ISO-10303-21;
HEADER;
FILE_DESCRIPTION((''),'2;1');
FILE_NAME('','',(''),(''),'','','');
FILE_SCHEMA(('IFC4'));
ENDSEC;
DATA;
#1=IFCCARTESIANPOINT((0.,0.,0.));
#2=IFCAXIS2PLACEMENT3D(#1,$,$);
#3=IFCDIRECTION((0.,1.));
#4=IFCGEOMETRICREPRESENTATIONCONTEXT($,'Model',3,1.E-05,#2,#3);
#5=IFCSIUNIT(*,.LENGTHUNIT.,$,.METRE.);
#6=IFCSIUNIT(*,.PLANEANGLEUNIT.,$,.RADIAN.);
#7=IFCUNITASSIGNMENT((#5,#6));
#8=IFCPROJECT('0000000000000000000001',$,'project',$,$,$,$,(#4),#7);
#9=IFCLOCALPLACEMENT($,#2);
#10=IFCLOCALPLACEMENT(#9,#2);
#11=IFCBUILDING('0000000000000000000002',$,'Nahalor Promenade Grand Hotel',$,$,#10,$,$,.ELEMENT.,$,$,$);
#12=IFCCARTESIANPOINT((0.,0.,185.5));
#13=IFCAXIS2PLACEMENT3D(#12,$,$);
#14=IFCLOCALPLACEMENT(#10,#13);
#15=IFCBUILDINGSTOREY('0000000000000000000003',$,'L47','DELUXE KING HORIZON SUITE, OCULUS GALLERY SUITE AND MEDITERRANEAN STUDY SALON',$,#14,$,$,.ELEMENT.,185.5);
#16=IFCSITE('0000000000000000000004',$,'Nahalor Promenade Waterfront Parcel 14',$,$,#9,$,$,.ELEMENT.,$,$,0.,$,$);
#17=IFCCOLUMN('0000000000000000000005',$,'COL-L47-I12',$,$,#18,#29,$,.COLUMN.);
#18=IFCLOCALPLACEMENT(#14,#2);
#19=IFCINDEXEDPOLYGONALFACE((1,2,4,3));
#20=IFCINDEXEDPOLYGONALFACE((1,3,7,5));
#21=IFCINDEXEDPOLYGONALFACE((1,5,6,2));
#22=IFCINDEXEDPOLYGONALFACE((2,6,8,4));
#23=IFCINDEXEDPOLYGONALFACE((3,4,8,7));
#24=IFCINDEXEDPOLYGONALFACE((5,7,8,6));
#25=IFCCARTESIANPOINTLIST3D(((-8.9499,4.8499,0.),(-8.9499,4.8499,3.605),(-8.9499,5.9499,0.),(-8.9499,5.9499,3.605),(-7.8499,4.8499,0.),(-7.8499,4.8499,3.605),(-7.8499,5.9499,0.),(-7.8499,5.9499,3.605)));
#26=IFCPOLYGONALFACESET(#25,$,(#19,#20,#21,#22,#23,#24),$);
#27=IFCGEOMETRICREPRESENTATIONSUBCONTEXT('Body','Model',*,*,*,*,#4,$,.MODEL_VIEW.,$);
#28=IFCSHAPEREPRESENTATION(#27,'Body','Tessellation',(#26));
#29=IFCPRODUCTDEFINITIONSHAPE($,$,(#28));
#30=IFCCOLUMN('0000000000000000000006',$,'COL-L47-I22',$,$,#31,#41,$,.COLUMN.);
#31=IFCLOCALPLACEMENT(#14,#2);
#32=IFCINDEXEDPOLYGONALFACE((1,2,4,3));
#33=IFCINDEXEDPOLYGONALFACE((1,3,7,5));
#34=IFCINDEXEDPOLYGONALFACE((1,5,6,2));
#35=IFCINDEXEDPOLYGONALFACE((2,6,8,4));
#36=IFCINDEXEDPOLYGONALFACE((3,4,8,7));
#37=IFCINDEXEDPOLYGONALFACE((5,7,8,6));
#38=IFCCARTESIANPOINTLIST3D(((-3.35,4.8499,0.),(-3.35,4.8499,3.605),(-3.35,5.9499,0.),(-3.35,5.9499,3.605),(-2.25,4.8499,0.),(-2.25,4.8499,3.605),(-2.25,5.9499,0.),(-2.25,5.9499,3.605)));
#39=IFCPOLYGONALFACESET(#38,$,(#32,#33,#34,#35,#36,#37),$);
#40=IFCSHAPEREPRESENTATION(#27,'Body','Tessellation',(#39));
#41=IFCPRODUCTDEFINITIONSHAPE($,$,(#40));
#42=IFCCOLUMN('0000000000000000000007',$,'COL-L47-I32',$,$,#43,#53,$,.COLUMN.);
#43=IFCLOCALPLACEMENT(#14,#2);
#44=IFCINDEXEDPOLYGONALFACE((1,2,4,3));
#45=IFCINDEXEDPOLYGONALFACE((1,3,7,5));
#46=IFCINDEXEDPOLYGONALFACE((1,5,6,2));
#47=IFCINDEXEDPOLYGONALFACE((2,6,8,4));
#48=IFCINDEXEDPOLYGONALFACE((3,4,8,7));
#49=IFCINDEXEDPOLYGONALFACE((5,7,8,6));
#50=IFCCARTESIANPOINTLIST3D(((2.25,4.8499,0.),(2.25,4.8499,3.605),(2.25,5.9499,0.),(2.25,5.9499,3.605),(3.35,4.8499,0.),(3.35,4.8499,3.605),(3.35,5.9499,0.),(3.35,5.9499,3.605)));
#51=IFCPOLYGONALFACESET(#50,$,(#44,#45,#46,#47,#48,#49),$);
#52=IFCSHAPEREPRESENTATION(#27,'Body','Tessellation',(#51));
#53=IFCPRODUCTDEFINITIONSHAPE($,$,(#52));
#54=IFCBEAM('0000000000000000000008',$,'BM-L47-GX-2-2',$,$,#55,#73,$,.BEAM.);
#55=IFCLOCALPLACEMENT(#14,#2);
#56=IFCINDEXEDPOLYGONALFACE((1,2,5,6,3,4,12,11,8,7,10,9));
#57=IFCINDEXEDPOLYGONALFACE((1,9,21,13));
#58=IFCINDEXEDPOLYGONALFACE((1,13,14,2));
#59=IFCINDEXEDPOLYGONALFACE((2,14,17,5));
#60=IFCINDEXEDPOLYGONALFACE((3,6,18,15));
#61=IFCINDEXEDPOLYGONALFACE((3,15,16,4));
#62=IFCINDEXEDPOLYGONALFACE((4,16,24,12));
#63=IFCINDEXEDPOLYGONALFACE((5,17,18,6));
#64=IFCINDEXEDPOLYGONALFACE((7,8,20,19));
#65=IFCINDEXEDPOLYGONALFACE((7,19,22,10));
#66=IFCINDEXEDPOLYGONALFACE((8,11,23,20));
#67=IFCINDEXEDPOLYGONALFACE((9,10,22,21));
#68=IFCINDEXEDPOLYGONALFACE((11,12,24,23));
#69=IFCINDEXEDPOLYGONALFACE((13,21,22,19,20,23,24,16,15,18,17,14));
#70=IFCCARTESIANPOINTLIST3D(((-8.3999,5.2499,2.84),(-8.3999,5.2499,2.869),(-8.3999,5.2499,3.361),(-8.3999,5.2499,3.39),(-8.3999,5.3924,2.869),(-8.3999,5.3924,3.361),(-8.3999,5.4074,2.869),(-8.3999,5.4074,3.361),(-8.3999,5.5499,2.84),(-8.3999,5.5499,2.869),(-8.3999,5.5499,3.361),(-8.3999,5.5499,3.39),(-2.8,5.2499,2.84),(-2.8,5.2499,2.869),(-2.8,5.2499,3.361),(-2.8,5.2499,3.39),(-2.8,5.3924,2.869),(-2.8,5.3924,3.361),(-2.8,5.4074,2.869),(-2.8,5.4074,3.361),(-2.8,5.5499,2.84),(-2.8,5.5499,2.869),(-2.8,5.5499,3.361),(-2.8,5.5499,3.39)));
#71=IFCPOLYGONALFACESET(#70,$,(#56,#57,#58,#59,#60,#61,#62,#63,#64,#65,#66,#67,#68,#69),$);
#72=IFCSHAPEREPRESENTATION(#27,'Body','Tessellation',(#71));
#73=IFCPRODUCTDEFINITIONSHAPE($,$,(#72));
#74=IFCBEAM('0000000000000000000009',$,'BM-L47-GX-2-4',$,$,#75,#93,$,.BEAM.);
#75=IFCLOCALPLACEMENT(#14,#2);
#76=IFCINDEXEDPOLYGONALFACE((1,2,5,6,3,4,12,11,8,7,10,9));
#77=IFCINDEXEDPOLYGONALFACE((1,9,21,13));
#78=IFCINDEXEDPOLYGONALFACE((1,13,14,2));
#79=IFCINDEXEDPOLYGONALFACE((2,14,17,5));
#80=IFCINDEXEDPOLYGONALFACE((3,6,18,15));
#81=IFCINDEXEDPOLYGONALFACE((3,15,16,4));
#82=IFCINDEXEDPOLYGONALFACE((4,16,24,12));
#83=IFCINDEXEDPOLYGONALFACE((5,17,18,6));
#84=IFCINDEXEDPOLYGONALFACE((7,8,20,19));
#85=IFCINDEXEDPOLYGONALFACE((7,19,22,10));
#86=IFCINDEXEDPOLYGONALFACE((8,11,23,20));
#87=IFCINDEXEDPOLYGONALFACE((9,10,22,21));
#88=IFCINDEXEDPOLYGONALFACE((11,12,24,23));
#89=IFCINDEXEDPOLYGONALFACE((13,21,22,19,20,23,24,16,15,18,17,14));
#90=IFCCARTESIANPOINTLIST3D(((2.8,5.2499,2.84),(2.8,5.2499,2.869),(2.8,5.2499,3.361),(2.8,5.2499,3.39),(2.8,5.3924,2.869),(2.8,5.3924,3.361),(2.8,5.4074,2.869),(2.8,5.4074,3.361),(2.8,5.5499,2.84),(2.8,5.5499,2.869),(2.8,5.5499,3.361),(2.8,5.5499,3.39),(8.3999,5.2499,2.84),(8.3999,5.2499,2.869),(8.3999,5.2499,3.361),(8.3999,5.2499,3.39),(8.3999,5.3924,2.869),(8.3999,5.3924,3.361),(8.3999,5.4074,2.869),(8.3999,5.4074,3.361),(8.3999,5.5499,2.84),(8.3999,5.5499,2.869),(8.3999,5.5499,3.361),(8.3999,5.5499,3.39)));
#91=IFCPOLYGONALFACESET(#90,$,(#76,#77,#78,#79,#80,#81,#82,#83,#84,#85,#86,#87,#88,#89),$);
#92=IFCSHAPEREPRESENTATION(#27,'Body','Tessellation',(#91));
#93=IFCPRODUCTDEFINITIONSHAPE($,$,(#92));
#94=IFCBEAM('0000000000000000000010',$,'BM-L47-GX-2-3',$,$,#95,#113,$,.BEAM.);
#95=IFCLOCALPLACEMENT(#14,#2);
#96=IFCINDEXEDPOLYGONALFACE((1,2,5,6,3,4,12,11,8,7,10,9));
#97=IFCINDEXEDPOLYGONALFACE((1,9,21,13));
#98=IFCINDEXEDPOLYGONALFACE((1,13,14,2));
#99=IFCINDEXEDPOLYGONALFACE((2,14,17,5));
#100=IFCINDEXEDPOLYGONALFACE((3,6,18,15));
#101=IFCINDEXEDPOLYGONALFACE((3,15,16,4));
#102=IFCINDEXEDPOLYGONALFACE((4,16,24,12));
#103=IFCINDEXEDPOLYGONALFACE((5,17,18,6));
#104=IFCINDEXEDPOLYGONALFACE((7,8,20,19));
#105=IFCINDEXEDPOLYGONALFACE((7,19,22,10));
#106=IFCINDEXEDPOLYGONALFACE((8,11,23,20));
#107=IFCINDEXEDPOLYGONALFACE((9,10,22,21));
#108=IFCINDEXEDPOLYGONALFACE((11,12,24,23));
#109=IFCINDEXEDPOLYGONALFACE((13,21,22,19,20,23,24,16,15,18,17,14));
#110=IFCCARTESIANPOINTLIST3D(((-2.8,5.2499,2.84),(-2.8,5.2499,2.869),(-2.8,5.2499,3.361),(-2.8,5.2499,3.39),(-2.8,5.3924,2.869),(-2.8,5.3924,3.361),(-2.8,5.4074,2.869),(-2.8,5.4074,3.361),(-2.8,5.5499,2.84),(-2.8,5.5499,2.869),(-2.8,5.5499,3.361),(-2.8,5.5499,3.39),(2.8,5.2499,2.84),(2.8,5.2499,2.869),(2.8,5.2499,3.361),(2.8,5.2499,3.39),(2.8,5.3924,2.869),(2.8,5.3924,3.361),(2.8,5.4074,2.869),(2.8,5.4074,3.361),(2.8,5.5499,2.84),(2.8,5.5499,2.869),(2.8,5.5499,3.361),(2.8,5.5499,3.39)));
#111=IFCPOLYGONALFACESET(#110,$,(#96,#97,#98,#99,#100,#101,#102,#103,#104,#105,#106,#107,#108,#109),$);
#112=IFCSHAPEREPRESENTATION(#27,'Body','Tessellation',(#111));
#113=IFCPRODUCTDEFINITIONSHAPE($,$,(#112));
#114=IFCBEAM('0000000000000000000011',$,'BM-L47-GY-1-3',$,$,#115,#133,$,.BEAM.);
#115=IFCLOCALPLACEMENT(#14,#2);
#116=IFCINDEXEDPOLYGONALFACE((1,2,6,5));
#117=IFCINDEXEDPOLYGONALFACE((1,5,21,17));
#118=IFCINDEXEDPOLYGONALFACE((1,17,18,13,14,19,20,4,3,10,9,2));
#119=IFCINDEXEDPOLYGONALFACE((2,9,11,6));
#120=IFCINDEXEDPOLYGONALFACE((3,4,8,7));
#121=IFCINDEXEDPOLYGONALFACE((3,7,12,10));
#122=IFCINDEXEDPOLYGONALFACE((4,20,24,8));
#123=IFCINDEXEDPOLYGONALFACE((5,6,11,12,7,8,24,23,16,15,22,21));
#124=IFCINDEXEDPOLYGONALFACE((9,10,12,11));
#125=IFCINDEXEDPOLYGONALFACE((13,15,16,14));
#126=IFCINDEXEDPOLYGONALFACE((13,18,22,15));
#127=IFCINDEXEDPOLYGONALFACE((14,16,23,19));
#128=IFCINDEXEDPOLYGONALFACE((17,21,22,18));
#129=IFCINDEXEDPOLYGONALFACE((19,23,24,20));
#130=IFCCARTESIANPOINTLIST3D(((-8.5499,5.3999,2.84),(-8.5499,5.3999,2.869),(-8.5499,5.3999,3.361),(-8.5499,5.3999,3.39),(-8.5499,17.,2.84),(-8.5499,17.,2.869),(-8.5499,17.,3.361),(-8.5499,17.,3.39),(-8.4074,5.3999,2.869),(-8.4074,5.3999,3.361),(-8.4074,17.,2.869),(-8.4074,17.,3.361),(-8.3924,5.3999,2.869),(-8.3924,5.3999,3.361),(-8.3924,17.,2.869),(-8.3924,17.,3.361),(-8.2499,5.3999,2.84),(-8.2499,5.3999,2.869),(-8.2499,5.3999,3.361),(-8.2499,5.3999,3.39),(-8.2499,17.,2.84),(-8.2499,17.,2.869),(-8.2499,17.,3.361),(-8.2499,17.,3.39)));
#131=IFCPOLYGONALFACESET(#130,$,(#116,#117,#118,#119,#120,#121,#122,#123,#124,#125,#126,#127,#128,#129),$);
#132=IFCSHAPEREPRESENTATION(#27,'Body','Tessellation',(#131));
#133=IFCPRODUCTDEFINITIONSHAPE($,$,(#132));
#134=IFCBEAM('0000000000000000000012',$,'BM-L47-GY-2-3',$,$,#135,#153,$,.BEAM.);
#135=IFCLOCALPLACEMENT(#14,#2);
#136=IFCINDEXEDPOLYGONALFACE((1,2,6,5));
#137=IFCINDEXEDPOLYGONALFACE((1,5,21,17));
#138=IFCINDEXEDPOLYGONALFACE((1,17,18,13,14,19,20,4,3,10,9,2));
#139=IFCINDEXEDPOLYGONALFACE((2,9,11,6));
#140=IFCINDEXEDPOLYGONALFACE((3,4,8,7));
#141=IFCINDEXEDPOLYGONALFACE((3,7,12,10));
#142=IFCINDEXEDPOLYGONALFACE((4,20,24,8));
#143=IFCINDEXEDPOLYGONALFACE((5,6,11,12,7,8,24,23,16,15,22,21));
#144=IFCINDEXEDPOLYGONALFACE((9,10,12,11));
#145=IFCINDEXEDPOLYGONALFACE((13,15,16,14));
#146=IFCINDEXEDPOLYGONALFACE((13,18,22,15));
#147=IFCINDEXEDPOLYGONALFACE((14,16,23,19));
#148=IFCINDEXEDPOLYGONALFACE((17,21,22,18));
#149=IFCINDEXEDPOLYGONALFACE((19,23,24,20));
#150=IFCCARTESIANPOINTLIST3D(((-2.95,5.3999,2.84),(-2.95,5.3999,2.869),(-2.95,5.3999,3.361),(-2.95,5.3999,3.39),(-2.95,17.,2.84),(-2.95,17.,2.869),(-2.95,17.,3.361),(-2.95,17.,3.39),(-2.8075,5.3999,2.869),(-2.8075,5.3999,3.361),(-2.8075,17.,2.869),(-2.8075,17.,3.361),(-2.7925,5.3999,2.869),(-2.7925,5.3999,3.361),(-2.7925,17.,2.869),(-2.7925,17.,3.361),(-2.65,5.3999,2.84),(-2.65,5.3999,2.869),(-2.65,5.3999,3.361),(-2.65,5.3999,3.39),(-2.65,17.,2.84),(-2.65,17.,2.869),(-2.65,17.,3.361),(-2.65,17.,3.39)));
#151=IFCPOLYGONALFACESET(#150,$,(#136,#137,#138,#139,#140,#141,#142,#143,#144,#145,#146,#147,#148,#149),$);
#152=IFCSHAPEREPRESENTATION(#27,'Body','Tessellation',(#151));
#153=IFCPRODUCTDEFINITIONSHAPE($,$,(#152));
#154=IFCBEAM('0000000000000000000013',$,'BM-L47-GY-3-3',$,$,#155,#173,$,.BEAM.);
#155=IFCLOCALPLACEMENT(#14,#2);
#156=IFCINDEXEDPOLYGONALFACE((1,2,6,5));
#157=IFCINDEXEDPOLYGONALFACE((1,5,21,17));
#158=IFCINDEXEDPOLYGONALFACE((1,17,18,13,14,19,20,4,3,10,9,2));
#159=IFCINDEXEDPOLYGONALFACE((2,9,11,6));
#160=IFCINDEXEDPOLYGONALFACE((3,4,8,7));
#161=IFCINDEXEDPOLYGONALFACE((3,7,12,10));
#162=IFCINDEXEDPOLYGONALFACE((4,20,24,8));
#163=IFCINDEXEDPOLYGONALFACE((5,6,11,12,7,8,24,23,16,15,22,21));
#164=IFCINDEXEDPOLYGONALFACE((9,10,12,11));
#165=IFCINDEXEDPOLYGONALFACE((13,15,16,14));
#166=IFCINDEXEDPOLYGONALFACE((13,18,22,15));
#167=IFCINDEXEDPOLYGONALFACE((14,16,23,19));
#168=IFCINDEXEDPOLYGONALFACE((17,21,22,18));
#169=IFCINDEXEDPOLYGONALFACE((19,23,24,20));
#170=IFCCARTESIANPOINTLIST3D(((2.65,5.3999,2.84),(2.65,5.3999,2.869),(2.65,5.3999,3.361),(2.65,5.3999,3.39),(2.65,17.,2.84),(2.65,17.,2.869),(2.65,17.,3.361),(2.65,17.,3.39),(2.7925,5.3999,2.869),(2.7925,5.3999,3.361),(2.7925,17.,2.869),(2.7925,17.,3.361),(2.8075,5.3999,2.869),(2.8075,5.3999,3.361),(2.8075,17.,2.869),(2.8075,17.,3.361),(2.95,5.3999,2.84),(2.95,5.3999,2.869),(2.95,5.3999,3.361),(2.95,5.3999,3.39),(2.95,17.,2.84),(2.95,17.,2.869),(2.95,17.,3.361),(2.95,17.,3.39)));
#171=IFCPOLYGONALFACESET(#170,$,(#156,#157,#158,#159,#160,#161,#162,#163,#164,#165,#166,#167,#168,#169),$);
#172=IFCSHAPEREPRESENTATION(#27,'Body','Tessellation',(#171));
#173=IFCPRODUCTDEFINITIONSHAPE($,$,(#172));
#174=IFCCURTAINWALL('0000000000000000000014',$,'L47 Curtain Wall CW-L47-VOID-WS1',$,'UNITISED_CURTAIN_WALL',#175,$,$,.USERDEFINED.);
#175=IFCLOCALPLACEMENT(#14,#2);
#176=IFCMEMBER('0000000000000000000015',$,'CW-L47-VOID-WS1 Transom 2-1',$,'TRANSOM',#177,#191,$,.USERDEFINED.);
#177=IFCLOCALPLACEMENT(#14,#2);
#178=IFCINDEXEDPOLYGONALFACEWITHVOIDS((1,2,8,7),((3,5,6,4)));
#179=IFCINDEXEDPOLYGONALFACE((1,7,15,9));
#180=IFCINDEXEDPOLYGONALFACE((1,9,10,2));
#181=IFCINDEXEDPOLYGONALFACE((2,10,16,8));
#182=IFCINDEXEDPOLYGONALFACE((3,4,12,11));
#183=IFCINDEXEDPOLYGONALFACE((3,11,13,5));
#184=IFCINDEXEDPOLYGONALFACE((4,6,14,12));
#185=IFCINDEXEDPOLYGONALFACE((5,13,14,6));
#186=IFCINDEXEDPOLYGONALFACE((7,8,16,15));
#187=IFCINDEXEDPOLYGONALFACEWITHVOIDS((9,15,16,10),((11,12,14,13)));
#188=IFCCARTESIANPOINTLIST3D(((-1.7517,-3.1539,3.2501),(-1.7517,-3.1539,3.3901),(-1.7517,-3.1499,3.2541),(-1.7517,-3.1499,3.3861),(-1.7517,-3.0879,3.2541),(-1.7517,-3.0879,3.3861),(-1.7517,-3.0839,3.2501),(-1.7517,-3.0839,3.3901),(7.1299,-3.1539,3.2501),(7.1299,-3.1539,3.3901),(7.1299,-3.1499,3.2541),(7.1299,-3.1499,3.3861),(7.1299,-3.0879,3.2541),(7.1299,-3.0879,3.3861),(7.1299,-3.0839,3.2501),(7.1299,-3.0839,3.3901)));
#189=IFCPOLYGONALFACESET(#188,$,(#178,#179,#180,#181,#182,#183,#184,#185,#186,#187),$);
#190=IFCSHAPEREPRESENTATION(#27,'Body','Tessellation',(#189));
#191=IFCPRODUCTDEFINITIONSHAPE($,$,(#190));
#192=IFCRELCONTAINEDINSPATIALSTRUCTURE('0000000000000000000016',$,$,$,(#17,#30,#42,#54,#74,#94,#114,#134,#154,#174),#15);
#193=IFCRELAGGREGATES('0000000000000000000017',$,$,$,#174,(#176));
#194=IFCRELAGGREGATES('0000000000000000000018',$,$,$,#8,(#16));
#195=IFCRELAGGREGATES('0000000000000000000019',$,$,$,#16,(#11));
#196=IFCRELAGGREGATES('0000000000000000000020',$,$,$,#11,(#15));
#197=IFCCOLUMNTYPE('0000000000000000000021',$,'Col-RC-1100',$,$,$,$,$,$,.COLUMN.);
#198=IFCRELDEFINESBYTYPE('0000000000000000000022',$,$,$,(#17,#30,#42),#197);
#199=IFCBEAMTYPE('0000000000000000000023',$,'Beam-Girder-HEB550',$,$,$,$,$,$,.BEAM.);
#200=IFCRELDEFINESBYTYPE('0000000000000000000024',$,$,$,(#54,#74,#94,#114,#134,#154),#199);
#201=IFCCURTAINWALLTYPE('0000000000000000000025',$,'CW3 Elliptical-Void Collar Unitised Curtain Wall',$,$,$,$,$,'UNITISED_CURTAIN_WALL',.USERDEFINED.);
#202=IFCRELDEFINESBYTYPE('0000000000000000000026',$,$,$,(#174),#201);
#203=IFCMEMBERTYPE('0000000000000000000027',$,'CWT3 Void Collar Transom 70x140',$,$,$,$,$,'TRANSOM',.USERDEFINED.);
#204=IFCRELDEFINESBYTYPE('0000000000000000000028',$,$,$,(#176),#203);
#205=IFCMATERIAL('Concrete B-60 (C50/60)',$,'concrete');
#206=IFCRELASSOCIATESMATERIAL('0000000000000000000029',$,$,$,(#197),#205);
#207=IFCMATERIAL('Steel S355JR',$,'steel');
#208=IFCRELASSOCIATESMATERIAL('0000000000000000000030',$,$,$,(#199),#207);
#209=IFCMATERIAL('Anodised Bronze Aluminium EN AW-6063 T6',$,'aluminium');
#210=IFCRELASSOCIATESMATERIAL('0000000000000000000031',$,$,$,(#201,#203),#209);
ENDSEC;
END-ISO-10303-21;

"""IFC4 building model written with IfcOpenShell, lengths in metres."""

from ifc_helpers import new_model, si_unit, direction, frame, origin, origin_2d, place, context, subcontext, project, spatial, rectangle, hollow_rectangle, i_section, extrude, source, transform, mapped, material, material_profile, profile_set, type_object, element, aggregate, save


model = new_model("IFC4")

# Units and contexts
model_context = context("Model", 3, precision=1e-05, world=origin(), true_north=direction((0.0, 1.0)))
body_context = subcontext(model_context, "Body", "Model", "MODEL_VIEW")
ifc_project = project(units=[si_unit("LENGTHUNIT", "METRE"), si_unit("PLANEANGLEUNIT", "RADIAN")], contexts=[model_context])

# Site, building, storey
site_placement = place(None, origin())
site = spatial("IfcSite", under=ifc_project, at=site_placement, Name="Nahalor Promenade Waterfront Parcel 14", CompositionType="ELEMENT", RefElevation=0.0)
building_placement = place(site_placement, origin())
building = spatial("IfcBuilding", under=site, at=building_placement, Name="Nahalor Promenade Grand Hotel", CompositionType="ELEMENT")
storey_placement = place(building_placement, frame((0.0, 0.0, 185.5)))
storey = spatial("IfcBuildingStorey", under=building, at=storey_placement, Name="L47", Description="DELUXE KING HORIZON SUITE, OCULUS GALLERY SUITE AND MEDITERRANEAN STUDY SALON", CompositionType="ELEMENT", Elevation=185.5)

# Columns
ifc_material_1 = material(Name="Concrete B-60 (C50/60)", Category="concrete")
ifc_material_profile_1 = material_profile(ifc_material_1, rectangle(XDim=1.1, YDim=1.1, at=origin_2d()), Name="RC 1100x1100")
ifc_profile_set_1 = profile_set([ifc_material_profile_1], Name="Concrete B-60 (C50/60)")
column_type = type_object("IfcColumnType", Name="Col-RC-1100", PredefinedType="COLUMN", material=ifc_profile_set_1)
shared_shape_1 = source(origin(), body_context, "Body", "SweptSolid", [
    extrude(rectangle(XDim=1.1, YDim=1.1, at=origin_2d()), origin(), (0.0, 0.0, 1.0), 3.605),
])
for number, where, z_axis, x_axis, name in (
    (1, (-8.3999, 5.3999, 0.0), (0.0, 0.0, 1.0), (1.0, 0.0, 0.0), "COL-L47-I12"),
    (2, (-2.8, 5.3999, 0.0), (0.0, 0.0, 1.0), (1.0, 0.0, 0.0), "COL-L47-I22"),
    (3, (2.8, 5.3999, 0.0), (0.0, 0.0, 1.0), (1.0, 0.0, 0.0), "COL-L47-I32"),
):
    element("IfcColumn", number, at=place(storey_placement, frame(where, z_axis=z_axis, x_axis=x_axis)), inside=storey, type_object=column_type, Name=name, PredefinedType="COLUMN", context=body_context, shape_type="MappedRepresentation", body=[
        mapped(shared_shape_1, transform((0.0, 0.0, 0.0), scale=1.0)),
    ])

# Beams
ifc_material_2 = material(Name="Steel S355JR", Category="steel")
ifc_material_profile_2 = material_profile(ifc_material_2, i_section(OverallWidth=0.3, OverallDepth=0.55, WebThickness=0.015, FlangeThickness=0.029, at=origin_2d()), Name="HEB 550")
ifc_profile_set_2 = profile_set([ifc_material_profile_2], Name="Steel S355JR")
beam_type = type_object("IfcBeamType", Name="Beam-Girder-HEB550", PredefinedType="BEAM", material=ifc_profile_set_2)
shared_shape_2 = source(origin(), body_context, "Body", "SweptSolid", [
    extrude(i_section(OverallWidth=0.3, OverallDepth=0.55, WebThickness=0.015, FlangeThickness=0.029, at=origin_2d()), origin(), (0.0, 0.0, 1.0), 5.5999),
])
for number, where, z_axis, x_axis, name in (
    (4, (-8.3999, 5.3999, 3.115), (1.0, 0.0, 0.0), (0.0, 1.0, 0.0), "BM-L47-GX-2-2"),
    (5, (2.8, 5.3999, 3.115), (1.0, 0.0, 0.0), (0.0, 1.0, 0.0), "BM-L47-GX-2-4"),
):
    element("IfcBeam", number, at=place(storey_placement, frame(where, z_axis=z_axis, x_axis=x_axis)), inside=storey, type_object=beam_type, Name=name, PredefinedType="BEAM", context=body_context, shape_type="MappedRepresentation", body=[
        mapped(shared_shape_2, transform((0.0, 0.0, 0.0), scale=1.0)),
    ])
shared_shape_3 = source(origin(), body_context, "Body", "SweptSolid", [
    extrude(i_section(OverallWidth=0.3, OverallDepth=0.55, WebThickness=0.015, FlangeThickness=0.029, at=origin_2d()), origin(), (0.0, 0.0, 1.0), 5.6001),
])
beam_placement = place(storey_placement, frame((-2.8, 5.3999, 3.115), z_axis=(1.0, 0.0, 0.0), x_axis=(0.0, 1.0, 0.0)))
element("IfcBeam", 6, at=beam_placement, inside=storey, type_object=beam_type, Name="BM-L47-GX-2-3", PredefinedType="BEAM", context=body_context, shape_type="MappedRepresentation", body=[
    mapped(shared_shape_3, transform((0.0, 0.0, 0.0), scale=1.0)),
])
shared_shape_4 = source(origin(), body_context, "Body", "SweptSolid", [
    extrude(i_section(OverallWidth=0.3, OverallDepth=0.55, WebThickness=0.015, FlangeThickness=0.029, at=origin_2d()), origin(), (0.0, 0.0, 1.0), 11.6001),
])
for number, where, z_axis, x_axis, name in (
    (7, (-8.3999, 5.3999, 3.115), (0.0, 1.0, 0.0), (-1.0, 0.0, 0.0), "BM-L47-GY-1-3"),
    (8, (-2.8, 5.3999, 3.115), (0.0, 1.0, 0.0), (-1.0, 0.0, 0.0), "BM-L47-GY-2-3"),
    (9, (2.8, 5.3999, 3.115), (0.0, 1.0, 0.0), (-1.0, 0.0, 0.0), "BM-L47-GY-3-3"),
):
    element("IfcBeam", number, at=place(storey_placement, frame(where, z_axis=z_axis, x_axis=x_axis)), inside=storey, type_object=beam_type, Name=name, PredefinedType="BEAM", context=body_context, shape_type="MappedRepresentation", body=[
        mapped(shared_shape_4, transform((0.0, 0.0, 0.0), scale=1.0)),
    ])

# Curtain wall, member
ifc_material_3 = material(Name="Anodised Bronze Aluminium EN AW-6063 T6", Category="aluminium")
curtain_wall_type = type_object("IfcCurtainWallType", Name="CW3 Elliptical-Void Collar Unitised Curtain Wall", ElementType="UNITISED_CURTAIN_WALL", PredefinedType="USERDEFINED", material=ifc_material_3)
curtain_wall_1_placement = place(storey_placement, origin())
curtain_wall_1 = element("IfcCurtainWall", 10, at=curtain_wall_1_placement, inside=storey, type_object=curtain_wall_type, Name="L47 Curtain Wall CW-L47-VOID-WS1", ObjectType="UNITISED_CURTAIN_WALL", PredefinedType="USERDEFINED")
ifc_material_profile_3 = material_profile(ifc_material_3, hollow_rectangle(XDim=0.07, YDim=0.14, WallThickness=0.004, at=origin_2d()), Name="CWT 70x140x4")
ifc_profile_set_3 = profile_set([ifc_material_profile_3], Name="Anodised Bronze Aluminium EN AW-6063 T6")
member_type_1 = type_object("IfcMemberType", Name="CWT3 Void Collar Transom 70x140", ElementType="TRANSOM", PredefinedType="USERDEFINED", material=ifc_profile_set_3)
shared_shape_5 = source(origin(), body_context, "Body", "SweptSolid", [
    extrude(hollow_rectangle(XDim=0.07, YDim=0.14, WallThickness=0.004, at=origin_2d()), origin(), (0.0, 0.0, 1.0), 8.8816),
])
member_1_placement = place(storey_placement, frame((-1.7517, -3.1189, 3.3201), z_axis=(1.0, 0.0, 0.0), x_axis=(0.0, 1.0, 0.0)))
member_1 = element("IfcMember", 11, at=member_1_placement, type_object=member_type_1, Name="CW-L47-VOID-WS1 Transom 2-1", ObjectType="TRANSOM", PredefinedType="USERDEFINED", context=body_context, shape_type="MappedRepresentation", body=[
    mapped(shared_shape_5, transform((0.0, 0.0, 0.0), scale=1.0)),
])

aggregate(curtain_wall_1, [member_1])

save(model, "model.ifc")
